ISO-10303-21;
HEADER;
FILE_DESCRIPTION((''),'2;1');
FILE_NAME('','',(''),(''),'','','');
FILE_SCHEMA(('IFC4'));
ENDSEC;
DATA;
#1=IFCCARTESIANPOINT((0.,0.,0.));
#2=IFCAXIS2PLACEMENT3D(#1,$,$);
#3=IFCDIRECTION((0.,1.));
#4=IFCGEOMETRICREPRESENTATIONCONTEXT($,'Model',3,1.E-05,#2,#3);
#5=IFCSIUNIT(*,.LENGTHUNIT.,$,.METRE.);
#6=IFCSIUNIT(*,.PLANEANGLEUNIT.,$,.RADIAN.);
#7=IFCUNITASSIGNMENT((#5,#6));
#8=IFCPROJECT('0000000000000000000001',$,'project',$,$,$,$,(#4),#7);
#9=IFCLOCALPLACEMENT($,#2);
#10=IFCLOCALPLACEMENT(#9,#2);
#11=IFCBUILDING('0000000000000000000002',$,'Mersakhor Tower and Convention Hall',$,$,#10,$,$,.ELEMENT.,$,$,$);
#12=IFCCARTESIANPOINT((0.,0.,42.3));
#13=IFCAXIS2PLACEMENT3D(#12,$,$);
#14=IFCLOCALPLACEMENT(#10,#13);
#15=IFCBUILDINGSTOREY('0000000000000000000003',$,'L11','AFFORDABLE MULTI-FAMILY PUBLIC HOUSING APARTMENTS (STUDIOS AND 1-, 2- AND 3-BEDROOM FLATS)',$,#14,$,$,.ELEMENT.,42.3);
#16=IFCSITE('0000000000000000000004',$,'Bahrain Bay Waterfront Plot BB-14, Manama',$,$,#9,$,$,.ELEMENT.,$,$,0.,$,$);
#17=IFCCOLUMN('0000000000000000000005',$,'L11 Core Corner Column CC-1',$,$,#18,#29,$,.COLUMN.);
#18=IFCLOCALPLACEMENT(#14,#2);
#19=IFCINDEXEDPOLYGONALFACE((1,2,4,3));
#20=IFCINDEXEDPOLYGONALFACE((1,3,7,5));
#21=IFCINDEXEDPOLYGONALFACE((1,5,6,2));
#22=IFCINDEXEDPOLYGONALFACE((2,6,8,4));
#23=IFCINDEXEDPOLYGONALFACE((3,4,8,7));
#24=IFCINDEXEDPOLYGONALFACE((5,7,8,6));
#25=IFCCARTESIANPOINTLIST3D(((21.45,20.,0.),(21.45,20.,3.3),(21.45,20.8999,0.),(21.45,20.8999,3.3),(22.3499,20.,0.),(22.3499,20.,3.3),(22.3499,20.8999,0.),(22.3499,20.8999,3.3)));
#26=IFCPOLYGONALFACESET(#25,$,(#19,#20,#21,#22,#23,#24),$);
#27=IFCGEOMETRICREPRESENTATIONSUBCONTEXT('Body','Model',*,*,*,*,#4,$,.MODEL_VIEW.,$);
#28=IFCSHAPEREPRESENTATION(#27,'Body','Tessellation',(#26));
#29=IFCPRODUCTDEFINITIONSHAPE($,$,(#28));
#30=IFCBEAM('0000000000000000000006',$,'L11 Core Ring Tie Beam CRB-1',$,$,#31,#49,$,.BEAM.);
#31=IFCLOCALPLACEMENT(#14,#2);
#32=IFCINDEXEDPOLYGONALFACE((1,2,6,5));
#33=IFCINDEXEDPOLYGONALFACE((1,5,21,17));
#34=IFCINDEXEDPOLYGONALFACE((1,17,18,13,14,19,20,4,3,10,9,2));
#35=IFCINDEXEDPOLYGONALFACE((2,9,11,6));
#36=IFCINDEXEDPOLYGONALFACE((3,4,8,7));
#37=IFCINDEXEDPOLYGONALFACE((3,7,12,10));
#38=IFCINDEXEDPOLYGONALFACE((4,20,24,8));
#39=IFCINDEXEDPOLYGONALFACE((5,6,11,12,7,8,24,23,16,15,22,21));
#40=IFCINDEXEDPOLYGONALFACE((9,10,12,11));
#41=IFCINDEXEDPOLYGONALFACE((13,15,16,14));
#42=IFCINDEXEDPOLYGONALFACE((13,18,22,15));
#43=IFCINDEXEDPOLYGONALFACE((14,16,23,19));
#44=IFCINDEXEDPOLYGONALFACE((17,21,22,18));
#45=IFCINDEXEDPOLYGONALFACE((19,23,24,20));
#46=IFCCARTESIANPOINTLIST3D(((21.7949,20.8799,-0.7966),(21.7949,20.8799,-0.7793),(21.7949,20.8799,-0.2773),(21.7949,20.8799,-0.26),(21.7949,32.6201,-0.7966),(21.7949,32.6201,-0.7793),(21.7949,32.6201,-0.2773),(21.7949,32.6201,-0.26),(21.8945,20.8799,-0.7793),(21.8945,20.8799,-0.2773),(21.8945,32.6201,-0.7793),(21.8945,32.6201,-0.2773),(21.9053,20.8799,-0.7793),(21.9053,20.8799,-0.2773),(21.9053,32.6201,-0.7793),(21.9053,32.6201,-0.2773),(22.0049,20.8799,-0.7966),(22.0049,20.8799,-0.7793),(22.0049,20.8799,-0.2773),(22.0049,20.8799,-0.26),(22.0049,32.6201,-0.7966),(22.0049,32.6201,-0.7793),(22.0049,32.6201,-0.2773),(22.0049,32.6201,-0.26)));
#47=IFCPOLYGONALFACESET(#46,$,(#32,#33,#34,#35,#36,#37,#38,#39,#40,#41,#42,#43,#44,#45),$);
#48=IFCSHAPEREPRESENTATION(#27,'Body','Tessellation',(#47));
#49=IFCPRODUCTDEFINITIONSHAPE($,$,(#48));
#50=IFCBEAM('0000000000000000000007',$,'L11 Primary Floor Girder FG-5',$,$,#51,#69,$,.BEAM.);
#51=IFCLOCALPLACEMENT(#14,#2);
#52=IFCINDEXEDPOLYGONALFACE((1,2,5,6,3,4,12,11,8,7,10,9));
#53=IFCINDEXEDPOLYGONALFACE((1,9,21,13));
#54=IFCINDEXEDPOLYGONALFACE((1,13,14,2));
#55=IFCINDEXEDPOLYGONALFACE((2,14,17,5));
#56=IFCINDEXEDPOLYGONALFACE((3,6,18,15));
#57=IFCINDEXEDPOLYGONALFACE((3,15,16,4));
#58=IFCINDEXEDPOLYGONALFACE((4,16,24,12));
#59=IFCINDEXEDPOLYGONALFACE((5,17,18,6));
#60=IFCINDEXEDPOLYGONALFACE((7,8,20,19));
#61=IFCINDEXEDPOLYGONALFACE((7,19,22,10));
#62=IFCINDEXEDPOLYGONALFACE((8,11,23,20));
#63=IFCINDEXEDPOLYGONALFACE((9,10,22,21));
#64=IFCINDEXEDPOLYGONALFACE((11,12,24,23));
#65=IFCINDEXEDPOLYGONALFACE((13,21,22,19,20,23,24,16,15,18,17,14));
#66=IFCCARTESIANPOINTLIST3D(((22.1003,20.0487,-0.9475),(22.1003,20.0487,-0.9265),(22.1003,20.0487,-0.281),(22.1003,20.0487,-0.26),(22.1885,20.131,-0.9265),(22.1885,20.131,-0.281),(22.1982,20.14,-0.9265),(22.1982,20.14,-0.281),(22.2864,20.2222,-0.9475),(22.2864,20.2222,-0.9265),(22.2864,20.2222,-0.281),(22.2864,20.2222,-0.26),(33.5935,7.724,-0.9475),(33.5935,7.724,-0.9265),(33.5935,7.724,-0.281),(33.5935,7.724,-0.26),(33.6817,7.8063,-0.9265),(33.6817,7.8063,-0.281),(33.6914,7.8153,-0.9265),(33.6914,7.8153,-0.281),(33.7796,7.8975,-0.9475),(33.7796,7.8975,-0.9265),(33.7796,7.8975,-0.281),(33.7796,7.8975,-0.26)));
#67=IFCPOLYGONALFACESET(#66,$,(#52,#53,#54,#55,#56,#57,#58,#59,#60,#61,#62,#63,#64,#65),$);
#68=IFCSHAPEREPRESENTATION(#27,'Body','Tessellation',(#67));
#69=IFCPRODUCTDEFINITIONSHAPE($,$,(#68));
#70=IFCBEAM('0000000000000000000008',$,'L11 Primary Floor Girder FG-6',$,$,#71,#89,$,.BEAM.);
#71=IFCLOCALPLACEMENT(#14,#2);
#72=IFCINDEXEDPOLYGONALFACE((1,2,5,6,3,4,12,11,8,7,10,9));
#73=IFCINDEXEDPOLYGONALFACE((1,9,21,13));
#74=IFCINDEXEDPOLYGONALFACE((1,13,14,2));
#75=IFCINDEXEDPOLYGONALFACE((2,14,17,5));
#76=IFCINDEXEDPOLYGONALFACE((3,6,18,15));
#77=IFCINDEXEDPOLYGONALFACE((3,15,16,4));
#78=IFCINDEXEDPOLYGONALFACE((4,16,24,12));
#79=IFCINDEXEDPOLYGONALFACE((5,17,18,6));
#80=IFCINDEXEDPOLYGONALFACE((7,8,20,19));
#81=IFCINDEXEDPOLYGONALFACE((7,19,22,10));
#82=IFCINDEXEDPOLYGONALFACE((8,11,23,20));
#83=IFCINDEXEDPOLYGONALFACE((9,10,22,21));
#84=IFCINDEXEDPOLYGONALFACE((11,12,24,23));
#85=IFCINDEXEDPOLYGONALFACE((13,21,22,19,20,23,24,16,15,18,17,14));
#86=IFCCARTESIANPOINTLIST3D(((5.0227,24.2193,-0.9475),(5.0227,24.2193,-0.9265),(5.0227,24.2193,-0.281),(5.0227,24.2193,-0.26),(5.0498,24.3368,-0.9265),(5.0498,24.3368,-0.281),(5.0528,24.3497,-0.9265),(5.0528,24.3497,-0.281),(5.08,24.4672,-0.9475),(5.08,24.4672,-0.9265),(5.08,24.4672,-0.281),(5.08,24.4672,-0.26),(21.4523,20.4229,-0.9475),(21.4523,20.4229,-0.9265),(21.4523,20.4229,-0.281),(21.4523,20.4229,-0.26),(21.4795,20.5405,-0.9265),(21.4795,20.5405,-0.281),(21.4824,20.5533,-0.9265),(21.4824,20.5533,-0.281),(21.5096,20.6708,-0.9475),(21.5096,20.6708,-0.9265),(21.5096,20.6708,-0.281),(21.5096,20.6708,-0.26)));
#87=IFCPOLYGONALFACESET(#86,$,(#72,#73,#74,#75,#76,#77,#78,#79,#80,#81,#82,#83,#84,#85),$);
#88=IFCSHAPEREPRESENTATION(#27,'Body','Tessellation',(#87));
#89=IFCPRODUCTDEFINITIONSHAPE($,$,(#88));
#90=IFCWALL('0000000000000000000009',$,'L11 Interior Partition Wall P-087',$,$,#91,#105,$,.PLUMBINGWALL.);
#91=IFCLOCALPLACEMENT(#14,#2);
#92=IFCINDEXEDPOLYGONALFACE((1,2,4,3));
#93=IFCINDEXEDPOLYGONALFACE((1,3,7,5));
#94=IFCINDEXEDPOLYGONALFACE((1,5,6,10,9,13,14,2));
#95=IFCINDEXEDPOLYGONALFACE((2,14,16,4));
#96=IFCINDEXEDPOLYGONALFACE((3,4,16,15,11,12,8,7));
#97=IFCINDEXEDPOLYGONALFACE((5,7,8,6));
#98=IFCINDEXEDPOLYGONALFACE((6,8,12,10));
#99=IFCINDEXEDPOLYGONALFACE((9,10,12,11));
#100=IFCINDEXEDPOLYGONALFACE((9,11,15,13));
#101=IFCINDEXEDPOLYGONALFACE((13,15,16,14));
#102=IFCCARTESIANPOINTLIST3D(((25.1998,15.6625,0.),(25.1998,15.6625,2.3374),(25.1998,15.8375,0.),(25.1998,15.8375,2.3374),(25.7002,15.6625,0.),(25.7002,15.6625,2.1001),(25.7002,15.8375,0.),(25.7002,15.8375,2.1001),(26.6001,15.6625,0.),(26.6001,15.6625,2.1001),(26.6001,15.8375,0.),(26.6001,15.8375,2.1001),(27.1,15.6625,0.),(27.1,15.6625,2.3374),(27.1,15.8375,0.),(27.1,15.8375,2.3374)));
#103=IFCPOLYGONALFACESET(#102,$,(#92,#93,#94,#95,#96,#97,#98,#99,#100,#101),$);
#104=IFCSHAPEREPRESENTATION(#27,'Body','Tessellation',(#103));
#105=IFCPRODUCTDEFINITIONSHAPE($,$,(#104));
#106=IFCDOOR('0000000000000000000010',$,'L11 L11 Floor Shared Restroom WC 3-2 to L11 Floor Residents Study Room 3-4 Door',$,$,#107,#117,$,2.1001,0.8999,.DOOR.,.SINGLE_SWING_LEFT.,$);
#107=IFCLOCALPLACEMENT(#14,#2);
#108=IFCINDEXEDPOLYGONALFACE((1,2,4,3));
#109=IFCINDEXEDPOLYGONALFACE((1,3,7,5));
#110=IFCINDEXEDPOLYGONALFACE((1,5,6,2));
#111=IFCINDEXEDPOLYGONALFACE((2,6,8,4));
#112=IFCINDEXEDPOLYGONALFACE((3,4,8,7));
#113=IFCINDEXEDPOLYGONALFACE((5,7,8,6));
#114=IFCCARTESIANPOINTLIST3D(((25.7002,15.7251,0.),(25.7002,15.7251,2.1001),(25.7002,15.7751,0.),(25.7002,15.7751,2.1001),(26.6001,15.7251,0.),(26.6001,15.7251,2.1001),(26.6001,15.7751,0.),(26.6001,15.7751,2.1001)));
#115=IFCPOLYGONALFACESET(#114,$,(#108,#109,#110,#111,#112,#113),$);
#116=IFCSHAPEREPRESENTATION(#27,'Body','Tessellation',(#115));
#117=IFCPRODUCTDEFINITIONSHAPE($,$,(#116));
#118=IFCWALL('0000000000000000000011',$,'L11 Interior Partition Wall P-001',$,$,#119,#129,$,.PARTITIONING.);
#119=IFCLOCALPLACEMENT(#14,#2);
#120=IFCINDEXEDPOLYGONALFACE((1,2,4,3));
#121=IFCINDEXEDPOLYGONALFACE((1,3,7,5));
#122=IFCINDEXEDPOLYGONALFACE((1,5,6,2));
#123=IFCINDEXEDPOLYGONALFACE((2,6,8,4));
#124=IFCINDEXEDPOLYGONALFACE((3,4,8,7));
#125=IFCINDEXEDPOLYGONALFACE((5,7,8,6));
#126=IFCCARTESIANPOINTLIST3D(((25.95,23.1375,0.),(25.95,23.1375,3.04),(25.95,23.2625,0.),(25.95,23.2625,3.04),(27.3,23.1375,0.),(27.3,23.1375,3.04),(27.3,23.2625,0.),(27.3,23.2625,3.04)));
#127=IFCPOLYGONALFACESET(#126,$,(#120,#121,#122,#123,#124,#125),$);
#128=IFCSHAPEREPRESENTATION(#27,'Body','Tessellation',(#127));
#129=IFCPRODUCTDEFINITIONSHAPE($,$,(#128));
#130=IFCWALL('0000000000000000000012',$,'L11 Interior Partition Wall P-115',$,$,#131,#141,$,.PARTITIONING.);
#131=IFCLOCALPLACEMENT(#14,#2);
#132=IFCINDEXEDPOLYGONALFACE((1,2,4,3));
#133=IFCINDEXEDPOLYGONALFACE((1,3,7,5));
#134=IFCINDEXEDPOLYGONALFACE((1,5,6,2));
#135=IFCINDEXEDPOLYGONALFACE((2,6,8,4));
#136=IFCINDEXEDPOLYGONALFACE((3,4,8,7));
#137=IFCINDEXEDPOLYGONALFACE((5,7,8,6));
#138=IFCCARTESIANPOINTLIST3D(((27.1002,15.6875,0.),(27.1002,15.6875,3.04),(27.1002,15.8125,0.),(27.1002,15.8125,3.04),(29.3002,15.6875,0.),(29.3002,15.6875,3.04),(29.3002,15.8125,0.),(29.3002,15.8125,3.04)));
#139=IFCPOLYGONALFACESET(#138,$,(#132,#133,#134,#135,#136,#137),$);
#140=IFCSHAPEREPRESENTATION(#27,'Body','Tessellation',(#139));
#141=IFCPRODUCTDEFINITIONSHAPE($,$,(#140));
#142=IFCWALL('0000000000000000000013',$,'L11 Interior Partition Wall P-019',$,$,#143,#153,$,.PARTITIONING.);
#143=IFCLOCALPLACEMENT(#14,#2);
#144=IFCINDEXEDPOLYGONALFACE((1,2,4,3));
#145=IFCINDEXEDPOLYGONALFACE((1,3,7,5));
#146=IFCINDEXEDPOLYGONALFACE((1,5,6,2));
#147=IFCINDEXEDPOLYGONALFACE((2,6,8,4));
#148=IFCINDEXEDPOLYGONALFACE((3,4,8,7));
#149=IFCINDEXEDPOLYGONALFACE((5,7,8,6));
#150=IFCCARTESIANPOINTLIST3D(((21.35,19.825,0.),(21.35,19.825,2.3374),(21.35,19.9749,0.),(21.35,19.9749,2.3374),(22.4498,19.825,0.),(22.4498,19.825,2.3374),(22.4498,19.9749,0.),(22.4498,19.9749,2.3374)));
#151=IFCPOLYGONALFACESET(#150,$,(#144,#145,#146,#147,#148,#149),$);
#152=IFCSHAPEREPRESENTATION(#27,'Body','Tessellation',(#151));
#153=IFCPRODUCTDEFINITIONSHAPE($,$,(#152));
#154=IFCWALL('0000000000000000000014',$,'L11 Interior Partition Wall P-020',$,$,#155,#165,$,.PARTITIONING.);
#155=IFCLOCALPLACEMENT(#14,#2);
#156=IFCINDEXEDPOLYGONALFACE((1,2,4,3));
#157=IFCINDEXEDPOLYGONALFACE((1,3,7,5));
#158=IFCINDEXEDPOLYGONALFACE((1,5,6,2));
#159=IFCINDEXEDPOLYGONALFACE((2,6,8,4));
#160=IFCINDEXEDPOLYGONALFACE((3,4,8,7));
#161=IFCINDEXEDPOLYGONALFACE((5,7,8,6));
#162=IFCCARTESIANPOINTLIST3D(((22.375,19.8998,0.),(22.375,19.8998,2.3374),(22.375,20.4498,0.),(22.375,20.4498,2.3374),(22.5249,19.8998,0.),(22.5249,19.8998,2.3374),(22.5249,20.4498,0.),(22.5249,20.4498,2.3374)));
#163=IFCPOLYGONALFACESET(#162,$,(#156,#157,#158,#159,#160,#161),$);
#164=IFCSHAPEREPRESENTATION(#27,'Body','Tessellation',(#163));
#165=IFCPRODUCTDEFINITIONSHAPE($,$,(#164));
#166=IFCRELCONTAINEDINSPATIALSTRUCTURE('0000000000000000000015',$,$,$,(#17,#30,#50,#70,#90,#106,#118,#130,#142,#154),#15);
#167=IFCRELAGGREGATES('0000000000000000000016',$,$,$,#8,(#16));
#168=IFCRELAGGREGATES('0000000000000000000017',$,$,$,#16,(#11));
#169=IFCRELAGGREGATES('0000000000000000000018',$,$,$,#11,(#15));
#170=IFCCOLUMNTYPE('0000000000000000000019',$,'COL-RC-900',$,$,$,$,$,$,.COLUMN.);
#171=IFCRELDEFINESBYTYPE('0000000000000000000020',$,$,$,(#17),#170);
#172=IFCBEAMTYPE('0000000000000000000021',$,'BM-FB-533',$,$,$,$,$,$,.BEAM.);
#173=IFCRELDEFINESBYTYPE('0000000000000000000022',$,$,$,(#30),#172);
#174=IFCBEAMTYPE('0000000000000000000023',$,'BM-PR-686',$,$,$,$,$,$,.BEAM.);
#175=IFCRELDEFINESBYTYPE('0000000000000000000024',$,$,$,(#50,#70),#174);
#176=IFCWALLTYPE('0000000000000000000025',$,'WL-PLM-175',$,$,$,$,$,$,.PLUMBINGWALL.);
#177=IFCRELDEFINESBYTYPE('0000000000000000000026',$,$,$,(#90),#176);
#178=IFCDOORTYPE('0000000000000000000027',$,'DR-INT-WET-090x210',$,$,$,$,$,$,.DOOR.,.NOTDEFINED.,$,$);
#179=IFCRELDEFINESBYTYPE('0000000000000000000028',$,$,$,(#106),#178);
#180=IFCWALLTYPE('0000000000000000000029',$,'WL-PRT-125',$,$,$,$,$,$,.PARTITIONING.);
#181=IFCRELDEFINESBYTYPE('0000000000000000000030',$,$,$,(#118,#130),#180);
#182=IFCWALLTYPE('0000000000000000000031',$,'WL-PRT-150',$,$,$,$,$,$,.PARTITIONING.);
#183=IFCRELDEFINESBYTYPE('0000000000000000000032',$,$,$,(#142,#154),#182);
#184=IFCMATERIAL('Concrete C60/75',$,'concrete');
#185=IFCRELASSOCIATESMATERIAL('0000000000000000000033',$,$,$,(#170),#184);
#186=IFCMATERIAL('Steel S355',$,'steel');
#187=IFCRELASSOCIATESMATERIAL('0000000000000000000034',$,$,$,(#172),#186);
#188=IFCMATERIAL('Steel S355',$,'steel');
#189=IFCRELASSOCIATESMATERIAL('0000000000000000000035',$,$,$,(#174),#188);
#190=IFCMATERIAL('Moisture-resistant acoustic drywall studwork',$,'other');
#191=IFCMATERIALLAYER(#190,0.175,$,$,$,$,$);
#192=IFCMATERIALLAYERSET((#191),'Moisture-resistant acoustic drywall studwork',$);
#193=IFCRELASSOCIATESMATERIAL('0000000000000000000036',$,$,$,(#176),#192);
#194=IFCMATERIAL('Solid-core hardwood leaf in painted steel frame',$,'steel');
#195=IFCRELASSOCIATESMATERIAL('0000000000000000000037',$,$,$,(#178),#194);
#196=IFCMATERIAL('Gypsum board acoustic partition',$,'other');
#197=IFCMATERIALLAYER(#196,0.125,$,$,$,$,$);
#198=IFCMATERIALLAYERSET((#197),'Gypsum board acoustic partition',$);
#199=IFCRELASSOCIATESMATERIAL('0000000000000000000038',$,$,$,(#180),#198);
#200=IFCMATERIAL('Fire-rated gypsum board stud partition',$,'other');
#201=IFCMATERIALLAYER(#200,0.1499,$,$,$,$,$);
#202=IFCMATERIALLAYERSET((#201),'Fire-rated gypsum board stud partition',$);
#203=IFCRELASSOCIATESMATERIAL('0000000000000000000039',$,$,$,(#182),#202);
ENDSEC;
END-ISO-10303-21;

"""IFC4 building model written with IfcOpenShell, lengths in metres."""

from ifc_helpers import new_model, si_unit, direction, frame, frame_2d, origin, origin_2d, place, context, subcontext, project, spatial, rectangle, i_section, extrude, material, layer, layer_set, material_profile, profile_set, type_object, element, fill, save


model = new_model("IFC4")

# Units and contexts
model_context = context("Model", 3, precision=1e-05, world=origin(), true_north=direction((0.0, 1.0)))
body_context = subcontext(model_context, "Body", "Model", "MODEL_VIEW")
ifc_project = project(units=[si_unit("LENGTHUNIT", "METRE"), si_unit("PLANEANGLEUNIT", "RADIAN")], contexts=[model_context])

# Site, building, storey
site_placement = place(None, origin())
site = spatial("IfcSite", under=ifc_project, at=site_placement, Name="Bahrain Bay Waterfront Plot BB-14, Manama", CompositionType="ELEMENT", RefElevation=0.0)
building_placement = place(site_placement, origin())
building = spatial("IfcBuilding", under=site, at=building_placement, Name="Mersakhor Tower and Convention Hall", CompositionType="ELEMENT")
storey_placement = place(building_placement, frame((0.0, 0.0, 42.3)))
storey = spatial("IfcBuildingStorey", under=building, at=storey_placement, Name="L11", Description="AFFORDABLE MULTI-FAMILY PUBLIC HOUSING APARTMENTS (STUDIOS AND 1-, 2- AND 3-BEDROOM FLATS)", CompositionType="ELEMENT", Elevation=42.3)

# Column
ifc_material_1 = material(Name="Concrete C60/75", Category="concrete")
ifc_material_profile_1 = material_profile(ifc_material_1, rectangle(XDim=0.8999, YDim=0.8999, at=origin_2d()), Name="RC 900x900")
ifc_profile_set_1 = profile_set([ifc_material_profile_1], Name="Concrete C60/75")
column_type = type_object("IfcColumnType", Name="COL-RC-900", PredefinedType="COLUMN", material=ifc_profile_set_1)
column_placement = place(storey_placement, frame((21.8999, 20.45, 0.0), z_axis=(0.0, 0.0, 1.0), x_axis=(1.0, 0.0, 0.0)))
element("IfcColumn", 1, at=column_placement, inside=storey, type_object=column_type, Name="L11 Core Corner Column CC-1", PredefinedType="COLUMN", context=body_context, shape_type="SweptSolid", body=[
    extrude(rectangle(XDim=0.8999, YDim=0.8999, at=origin_2d()), origin(), (0.0, 0.0, 1.0), 3.3),
])

# Beams
ifc_material_2 = material(Name="Steel S355", Category="steel")
ifc_material_profile_2 = material_profile(ifc_material_2, i_section(OverallWidth=0.21, OverallDepth=0.5366, WebThickness=0.0107, FlangeThickness=0.0173, at=origin_2d()), Name="UB 533x210x101")
ifc_profile_set_2 = profile_set([ifc_material_profile_2], Name="Steel S355")
beam_type_1 = type_object("IfcBeamType", Name="BM-FB-533", PredefinedType="BEAM", material=ifc_profile_set_2)
beam_1_placement = place(storey_placement, frame((21.8999, 20.8799, -0.5283), z_axis=(0.0, 1.0, 0.0), x_axis=(-1.0, 0.0, 0.0)))
element("IfcBeam", 2, at=beam_1_placement, inside=storey, type_object=beam_type_1, Name="L11 Core Ring Tie Beam CRB-1", PredefinedType="BEAM", context=body_context, shape_type="SweptSolid", body=[
    extrude(i_section(OverallWidth=0.21, OverallDepth=0.5366, WebThickness=0.0107, FlangeThickness=0.0173, at=origin_2d()), origin(), (0.0, 0.0, 1.0), 11.7402),
])
ifc_material_3 = material(Name="Steel S355", Category="steel")
ifc_material_profile_3 = material_profile(ifc_material_3, i_section(OverallWidth=0.2544, OverallDepth=0.6875, WebThickness=0.0132, FlangeThickness=0.021, at=origin_2d()), Name="UB 686x254x152")
ifc_profile_set_3 = profile_set([ifc_material_profile_3], Name="Steel S355")
beam_type_2 = type_object("IfcBeamType", Name="BM-PR-686", PredefinedType="BEAM", material=ifc_profile_set_3)
beam_2_placement = place(storey_placement, frame((22.1934, 20.1355, -0.6038), z_axis=(0.682004, -0.731348, 0.0), x_axis=(0.731348, 0.682004, 0.0)))
element("IfcBeam", 3, at=beam_2_placement, inside=storey, type_object=beam_type_2, Name="L11 Primary Floor Girder FG-5", PredefinedType="BEAM", context=body_context, shape_type="SweptSolid", body=[
    extrude(i_section(OverallWidth=0.2544, OverallDepth=0.6875, WebThickness=0.0132, FlangeThickness=0.021, at=origin_2d()), origin(), (0.0, 0.0, 1.0), 16.8521),
])
beam_3_placement = place(storey_placement, frame((21.481, 20.5469, -0.6038), z_axis=(-0.974327, 0.225137, 0.0), x_axis=(-0.225137, -0.974327, 0.0)))
element("IfcBeam", 4, at=beam_3_placement, inside=storey, type_object=beam_type_2, Name="L11 Primary Floor Girder FG-6", PredefinedType="BEAM", context=body_context, shape_type="SweptSolid", body=[
    extrude(i_section(OverallWidth=0.2544, OverallDepth=0.6875, WebThickness=0.0132, FlangeThickness=0.021, at=origin_2d()), origin(), (0.0, 0.0, 1.0), 16.8625),
])

# Wall, opening, door
ifc_material_4 = material(Name="Moisture-resistant acoustic drywall studwork", Category="other")
ifc_layer_1 = layer(ifc_material_4, 0.175)
ifc_layer_set_1 = layer_set([ifc_layer_1], Name="Moisture-resistant acoustic drywall studwork")
wall_type_1 = type_object("IfcWallType", Name="WL-PLM-175", PredefinedType="PLUMBINGWALL", material=ifc_layer_set_1)
wall_1_placement = place(storey_placement, frame((27.1001, 15.75, 0.0), z_axis=(0.0, 0.0, 1.0), x_axis=(-1.0, 0.0, 0.0)))
wall_1 = element("IfcWall", 5, at=wall_1_placement, inside=storey, type_object=wall_type_1, Name="L11 Interior Partition Wall P-087", PredefinedType="PLUMBINGWALL", context=body_context, shape_type="SweptSolid", body=[
    extrude(rectangle(XDim=1.9001, YDim=0.175, at=frame_2d((0.9502, 0.0))), origin(), (0.0, 0.0, 1.0), 2.3374),
])
opening_1_placement = place(wall_1_placement, frame((0.5, 0.0, 0.0)))
opening_1 = element("IfcOpeningElement", 6, at=opening_1_placement, cuts=wall_1, PredefinedType="OPENING", context=body_context, shape_type="SweptSolid", body=[
    extrude(rectangle(XDim=0.8999, YDim=2.1001, at=frame_2d((0.45, 1.05))), frame((0.0, 0.0974, 0.0), z_axis=(0.0, -1.0, 0.0), x_axis=(1.0, 0.0, 0.0)), (0.0, 0.0, 1.0), 0.1951),
])
ifc_material_5 = material(Name="Solid-core hardwood leaf in painted steel frame", Category="steel")
door_type_1 = type_object("IfcDoorType", Name="DR-INT-WET-090x210", OperationType="NOTDEFINED", PredefinedType="DOOR", material=ifc_material_5)
door_1_placement = place(opening_1_placement, origin())
door_1 = element("IfcDoor", 7, at=door_1_placement, inside=storey, type_object=door_type_1, Name="L11 L11 Floor Shared Restroom WC 3-2 to L11 Floor Residents Study Room 3-4 Door", OperationType="SINGLE_SWING_LEFT", OverallHeight=2.1001, OverallWidth=0.8999, PredefinedType="DOOR", context=body_context, shape_type="SweptSolid", body=[
    extrude(rectangle(XDim=0.8999, YDim=2.1001, at=frame_2d((0.45, 1.05))), frame((0.0, 0.0249, 0.0), z_axis=(0.0, -1.0, 0.0), x_axis=(1.0, 0.0, 0.0)), (0.0, 0.0, 1.0), 0.05),
])
fill(opening_1, door_1)

# Walls
ifc_material_6 = material(Name="Gypsum board acoustic partition", Category="other")
ifc_layer_2 = layer(ifc_material_6, 0.125)
ifc_layer_set_2 = layer_set([ifc_layer_2], Name="Gypsum board acoustic partition")
wall_type_2 = type_object("IfcWallType", Name="WL-PRT-125", PredefinedType="PARTITIONING", material=ifc_layer_set_2)
wall_2_placement = place(storey_placement, frame((25.95, 23.2, 0.0), z_axis=(0.0, 0.0, 1.0), x_axis=(1.0, 0.0, 0.0)))
element("IfcWall", 8, at=wall_2_placement, inside=storey, type_object=wall_type_2, Name="L11 Interior Partition Wall P-001", PredefinedType="PARTITIONING", context=body_context, shape_type="SweptSolid", body=[
    extrude(rectangle(XDim=1.3501, YDim=0.125, at=frame_2d((0.675, 0.0))), origin(), (0.0, 0.0, 1.0), 3.04),
])
wall_3_placement = place(storey_placement, frame((27.1001, 15.75, 0.0), z_axis=(0.0, 0.0, 1.0), x_axis=(1.0, 0.0, 0.0)))
element("IfcWall", 9, at=wall_3_placement, inside=storey, type_object=wall_type_2, Name="L11 Interior Partition Wall P-115", PredefinedType="PARTITIONING", context=body_context, shape_type="SweptSolid", body=[
    extrude(rectangle(XDim=2.2, YDim=0.125, at=frame_2d((1.1001, 0.0))), origin(), (0.0, 0.0, 1.0), 3.04),
])
ifc_material_7 = material(Name="Fire-rated gypsum board stud partition", Category="other")
ifc_layer_3 = layer(ifc_material_7, 0.1499)
ifc_layer_set_3 = layer_set([ifc_layer_3], Name="Fire-rated gypsum board stud partition")
wall_type_3 = type_object("IfcWallType", Name="WL-PRT-150", PredefinedType="PARTITIONING", material=ifc_layer_set_3)
wall_4_placement = place(storey_placement, frame((21.3501, 19.8999, 0.0), z_axis=(0.0, 0.0, 1.0), x_axis=(1.0, 0.0, 0.0)))
element("IfcWall", 10, at=wall_4_placement, inside=storey, type_object=wall_type_3, Name="L11 Interior Partition Wall P-019", PredefinedType="PARTITIONING", context=body_context, shape_type="SweptSolid", body=[
    extrude(rectangle(XDim=1.0999, YDim=0.1499, at=frame_2d((0.5498, 0.0))), origin(), (0.0, 0.0, 1.0), 2.3374),
])
wall_5_placement = place(storey_placement, frame((22.45, 19.8999, 0.0), z_axis=(0.0, 0.0, 1.0), x_axis=(0.0, 1.0, 0.0)))
element("IfcWall", 11, at=wall_5_placement, inside=storey, type_object=wall_type_3, Name="L11 Interior Partition Wall P-020", PredefinedType="PARTITIONING", context=body_context, shape_type="SweptSolid", body=[
    extrude(rectangle(XDim=0.55, YDim=0.1499, at=frame_2d((0.2749, 0.0))), origin(), (0.0, 0.0, 1.0), 2.3374),
])

save(model, "model.ifc")
